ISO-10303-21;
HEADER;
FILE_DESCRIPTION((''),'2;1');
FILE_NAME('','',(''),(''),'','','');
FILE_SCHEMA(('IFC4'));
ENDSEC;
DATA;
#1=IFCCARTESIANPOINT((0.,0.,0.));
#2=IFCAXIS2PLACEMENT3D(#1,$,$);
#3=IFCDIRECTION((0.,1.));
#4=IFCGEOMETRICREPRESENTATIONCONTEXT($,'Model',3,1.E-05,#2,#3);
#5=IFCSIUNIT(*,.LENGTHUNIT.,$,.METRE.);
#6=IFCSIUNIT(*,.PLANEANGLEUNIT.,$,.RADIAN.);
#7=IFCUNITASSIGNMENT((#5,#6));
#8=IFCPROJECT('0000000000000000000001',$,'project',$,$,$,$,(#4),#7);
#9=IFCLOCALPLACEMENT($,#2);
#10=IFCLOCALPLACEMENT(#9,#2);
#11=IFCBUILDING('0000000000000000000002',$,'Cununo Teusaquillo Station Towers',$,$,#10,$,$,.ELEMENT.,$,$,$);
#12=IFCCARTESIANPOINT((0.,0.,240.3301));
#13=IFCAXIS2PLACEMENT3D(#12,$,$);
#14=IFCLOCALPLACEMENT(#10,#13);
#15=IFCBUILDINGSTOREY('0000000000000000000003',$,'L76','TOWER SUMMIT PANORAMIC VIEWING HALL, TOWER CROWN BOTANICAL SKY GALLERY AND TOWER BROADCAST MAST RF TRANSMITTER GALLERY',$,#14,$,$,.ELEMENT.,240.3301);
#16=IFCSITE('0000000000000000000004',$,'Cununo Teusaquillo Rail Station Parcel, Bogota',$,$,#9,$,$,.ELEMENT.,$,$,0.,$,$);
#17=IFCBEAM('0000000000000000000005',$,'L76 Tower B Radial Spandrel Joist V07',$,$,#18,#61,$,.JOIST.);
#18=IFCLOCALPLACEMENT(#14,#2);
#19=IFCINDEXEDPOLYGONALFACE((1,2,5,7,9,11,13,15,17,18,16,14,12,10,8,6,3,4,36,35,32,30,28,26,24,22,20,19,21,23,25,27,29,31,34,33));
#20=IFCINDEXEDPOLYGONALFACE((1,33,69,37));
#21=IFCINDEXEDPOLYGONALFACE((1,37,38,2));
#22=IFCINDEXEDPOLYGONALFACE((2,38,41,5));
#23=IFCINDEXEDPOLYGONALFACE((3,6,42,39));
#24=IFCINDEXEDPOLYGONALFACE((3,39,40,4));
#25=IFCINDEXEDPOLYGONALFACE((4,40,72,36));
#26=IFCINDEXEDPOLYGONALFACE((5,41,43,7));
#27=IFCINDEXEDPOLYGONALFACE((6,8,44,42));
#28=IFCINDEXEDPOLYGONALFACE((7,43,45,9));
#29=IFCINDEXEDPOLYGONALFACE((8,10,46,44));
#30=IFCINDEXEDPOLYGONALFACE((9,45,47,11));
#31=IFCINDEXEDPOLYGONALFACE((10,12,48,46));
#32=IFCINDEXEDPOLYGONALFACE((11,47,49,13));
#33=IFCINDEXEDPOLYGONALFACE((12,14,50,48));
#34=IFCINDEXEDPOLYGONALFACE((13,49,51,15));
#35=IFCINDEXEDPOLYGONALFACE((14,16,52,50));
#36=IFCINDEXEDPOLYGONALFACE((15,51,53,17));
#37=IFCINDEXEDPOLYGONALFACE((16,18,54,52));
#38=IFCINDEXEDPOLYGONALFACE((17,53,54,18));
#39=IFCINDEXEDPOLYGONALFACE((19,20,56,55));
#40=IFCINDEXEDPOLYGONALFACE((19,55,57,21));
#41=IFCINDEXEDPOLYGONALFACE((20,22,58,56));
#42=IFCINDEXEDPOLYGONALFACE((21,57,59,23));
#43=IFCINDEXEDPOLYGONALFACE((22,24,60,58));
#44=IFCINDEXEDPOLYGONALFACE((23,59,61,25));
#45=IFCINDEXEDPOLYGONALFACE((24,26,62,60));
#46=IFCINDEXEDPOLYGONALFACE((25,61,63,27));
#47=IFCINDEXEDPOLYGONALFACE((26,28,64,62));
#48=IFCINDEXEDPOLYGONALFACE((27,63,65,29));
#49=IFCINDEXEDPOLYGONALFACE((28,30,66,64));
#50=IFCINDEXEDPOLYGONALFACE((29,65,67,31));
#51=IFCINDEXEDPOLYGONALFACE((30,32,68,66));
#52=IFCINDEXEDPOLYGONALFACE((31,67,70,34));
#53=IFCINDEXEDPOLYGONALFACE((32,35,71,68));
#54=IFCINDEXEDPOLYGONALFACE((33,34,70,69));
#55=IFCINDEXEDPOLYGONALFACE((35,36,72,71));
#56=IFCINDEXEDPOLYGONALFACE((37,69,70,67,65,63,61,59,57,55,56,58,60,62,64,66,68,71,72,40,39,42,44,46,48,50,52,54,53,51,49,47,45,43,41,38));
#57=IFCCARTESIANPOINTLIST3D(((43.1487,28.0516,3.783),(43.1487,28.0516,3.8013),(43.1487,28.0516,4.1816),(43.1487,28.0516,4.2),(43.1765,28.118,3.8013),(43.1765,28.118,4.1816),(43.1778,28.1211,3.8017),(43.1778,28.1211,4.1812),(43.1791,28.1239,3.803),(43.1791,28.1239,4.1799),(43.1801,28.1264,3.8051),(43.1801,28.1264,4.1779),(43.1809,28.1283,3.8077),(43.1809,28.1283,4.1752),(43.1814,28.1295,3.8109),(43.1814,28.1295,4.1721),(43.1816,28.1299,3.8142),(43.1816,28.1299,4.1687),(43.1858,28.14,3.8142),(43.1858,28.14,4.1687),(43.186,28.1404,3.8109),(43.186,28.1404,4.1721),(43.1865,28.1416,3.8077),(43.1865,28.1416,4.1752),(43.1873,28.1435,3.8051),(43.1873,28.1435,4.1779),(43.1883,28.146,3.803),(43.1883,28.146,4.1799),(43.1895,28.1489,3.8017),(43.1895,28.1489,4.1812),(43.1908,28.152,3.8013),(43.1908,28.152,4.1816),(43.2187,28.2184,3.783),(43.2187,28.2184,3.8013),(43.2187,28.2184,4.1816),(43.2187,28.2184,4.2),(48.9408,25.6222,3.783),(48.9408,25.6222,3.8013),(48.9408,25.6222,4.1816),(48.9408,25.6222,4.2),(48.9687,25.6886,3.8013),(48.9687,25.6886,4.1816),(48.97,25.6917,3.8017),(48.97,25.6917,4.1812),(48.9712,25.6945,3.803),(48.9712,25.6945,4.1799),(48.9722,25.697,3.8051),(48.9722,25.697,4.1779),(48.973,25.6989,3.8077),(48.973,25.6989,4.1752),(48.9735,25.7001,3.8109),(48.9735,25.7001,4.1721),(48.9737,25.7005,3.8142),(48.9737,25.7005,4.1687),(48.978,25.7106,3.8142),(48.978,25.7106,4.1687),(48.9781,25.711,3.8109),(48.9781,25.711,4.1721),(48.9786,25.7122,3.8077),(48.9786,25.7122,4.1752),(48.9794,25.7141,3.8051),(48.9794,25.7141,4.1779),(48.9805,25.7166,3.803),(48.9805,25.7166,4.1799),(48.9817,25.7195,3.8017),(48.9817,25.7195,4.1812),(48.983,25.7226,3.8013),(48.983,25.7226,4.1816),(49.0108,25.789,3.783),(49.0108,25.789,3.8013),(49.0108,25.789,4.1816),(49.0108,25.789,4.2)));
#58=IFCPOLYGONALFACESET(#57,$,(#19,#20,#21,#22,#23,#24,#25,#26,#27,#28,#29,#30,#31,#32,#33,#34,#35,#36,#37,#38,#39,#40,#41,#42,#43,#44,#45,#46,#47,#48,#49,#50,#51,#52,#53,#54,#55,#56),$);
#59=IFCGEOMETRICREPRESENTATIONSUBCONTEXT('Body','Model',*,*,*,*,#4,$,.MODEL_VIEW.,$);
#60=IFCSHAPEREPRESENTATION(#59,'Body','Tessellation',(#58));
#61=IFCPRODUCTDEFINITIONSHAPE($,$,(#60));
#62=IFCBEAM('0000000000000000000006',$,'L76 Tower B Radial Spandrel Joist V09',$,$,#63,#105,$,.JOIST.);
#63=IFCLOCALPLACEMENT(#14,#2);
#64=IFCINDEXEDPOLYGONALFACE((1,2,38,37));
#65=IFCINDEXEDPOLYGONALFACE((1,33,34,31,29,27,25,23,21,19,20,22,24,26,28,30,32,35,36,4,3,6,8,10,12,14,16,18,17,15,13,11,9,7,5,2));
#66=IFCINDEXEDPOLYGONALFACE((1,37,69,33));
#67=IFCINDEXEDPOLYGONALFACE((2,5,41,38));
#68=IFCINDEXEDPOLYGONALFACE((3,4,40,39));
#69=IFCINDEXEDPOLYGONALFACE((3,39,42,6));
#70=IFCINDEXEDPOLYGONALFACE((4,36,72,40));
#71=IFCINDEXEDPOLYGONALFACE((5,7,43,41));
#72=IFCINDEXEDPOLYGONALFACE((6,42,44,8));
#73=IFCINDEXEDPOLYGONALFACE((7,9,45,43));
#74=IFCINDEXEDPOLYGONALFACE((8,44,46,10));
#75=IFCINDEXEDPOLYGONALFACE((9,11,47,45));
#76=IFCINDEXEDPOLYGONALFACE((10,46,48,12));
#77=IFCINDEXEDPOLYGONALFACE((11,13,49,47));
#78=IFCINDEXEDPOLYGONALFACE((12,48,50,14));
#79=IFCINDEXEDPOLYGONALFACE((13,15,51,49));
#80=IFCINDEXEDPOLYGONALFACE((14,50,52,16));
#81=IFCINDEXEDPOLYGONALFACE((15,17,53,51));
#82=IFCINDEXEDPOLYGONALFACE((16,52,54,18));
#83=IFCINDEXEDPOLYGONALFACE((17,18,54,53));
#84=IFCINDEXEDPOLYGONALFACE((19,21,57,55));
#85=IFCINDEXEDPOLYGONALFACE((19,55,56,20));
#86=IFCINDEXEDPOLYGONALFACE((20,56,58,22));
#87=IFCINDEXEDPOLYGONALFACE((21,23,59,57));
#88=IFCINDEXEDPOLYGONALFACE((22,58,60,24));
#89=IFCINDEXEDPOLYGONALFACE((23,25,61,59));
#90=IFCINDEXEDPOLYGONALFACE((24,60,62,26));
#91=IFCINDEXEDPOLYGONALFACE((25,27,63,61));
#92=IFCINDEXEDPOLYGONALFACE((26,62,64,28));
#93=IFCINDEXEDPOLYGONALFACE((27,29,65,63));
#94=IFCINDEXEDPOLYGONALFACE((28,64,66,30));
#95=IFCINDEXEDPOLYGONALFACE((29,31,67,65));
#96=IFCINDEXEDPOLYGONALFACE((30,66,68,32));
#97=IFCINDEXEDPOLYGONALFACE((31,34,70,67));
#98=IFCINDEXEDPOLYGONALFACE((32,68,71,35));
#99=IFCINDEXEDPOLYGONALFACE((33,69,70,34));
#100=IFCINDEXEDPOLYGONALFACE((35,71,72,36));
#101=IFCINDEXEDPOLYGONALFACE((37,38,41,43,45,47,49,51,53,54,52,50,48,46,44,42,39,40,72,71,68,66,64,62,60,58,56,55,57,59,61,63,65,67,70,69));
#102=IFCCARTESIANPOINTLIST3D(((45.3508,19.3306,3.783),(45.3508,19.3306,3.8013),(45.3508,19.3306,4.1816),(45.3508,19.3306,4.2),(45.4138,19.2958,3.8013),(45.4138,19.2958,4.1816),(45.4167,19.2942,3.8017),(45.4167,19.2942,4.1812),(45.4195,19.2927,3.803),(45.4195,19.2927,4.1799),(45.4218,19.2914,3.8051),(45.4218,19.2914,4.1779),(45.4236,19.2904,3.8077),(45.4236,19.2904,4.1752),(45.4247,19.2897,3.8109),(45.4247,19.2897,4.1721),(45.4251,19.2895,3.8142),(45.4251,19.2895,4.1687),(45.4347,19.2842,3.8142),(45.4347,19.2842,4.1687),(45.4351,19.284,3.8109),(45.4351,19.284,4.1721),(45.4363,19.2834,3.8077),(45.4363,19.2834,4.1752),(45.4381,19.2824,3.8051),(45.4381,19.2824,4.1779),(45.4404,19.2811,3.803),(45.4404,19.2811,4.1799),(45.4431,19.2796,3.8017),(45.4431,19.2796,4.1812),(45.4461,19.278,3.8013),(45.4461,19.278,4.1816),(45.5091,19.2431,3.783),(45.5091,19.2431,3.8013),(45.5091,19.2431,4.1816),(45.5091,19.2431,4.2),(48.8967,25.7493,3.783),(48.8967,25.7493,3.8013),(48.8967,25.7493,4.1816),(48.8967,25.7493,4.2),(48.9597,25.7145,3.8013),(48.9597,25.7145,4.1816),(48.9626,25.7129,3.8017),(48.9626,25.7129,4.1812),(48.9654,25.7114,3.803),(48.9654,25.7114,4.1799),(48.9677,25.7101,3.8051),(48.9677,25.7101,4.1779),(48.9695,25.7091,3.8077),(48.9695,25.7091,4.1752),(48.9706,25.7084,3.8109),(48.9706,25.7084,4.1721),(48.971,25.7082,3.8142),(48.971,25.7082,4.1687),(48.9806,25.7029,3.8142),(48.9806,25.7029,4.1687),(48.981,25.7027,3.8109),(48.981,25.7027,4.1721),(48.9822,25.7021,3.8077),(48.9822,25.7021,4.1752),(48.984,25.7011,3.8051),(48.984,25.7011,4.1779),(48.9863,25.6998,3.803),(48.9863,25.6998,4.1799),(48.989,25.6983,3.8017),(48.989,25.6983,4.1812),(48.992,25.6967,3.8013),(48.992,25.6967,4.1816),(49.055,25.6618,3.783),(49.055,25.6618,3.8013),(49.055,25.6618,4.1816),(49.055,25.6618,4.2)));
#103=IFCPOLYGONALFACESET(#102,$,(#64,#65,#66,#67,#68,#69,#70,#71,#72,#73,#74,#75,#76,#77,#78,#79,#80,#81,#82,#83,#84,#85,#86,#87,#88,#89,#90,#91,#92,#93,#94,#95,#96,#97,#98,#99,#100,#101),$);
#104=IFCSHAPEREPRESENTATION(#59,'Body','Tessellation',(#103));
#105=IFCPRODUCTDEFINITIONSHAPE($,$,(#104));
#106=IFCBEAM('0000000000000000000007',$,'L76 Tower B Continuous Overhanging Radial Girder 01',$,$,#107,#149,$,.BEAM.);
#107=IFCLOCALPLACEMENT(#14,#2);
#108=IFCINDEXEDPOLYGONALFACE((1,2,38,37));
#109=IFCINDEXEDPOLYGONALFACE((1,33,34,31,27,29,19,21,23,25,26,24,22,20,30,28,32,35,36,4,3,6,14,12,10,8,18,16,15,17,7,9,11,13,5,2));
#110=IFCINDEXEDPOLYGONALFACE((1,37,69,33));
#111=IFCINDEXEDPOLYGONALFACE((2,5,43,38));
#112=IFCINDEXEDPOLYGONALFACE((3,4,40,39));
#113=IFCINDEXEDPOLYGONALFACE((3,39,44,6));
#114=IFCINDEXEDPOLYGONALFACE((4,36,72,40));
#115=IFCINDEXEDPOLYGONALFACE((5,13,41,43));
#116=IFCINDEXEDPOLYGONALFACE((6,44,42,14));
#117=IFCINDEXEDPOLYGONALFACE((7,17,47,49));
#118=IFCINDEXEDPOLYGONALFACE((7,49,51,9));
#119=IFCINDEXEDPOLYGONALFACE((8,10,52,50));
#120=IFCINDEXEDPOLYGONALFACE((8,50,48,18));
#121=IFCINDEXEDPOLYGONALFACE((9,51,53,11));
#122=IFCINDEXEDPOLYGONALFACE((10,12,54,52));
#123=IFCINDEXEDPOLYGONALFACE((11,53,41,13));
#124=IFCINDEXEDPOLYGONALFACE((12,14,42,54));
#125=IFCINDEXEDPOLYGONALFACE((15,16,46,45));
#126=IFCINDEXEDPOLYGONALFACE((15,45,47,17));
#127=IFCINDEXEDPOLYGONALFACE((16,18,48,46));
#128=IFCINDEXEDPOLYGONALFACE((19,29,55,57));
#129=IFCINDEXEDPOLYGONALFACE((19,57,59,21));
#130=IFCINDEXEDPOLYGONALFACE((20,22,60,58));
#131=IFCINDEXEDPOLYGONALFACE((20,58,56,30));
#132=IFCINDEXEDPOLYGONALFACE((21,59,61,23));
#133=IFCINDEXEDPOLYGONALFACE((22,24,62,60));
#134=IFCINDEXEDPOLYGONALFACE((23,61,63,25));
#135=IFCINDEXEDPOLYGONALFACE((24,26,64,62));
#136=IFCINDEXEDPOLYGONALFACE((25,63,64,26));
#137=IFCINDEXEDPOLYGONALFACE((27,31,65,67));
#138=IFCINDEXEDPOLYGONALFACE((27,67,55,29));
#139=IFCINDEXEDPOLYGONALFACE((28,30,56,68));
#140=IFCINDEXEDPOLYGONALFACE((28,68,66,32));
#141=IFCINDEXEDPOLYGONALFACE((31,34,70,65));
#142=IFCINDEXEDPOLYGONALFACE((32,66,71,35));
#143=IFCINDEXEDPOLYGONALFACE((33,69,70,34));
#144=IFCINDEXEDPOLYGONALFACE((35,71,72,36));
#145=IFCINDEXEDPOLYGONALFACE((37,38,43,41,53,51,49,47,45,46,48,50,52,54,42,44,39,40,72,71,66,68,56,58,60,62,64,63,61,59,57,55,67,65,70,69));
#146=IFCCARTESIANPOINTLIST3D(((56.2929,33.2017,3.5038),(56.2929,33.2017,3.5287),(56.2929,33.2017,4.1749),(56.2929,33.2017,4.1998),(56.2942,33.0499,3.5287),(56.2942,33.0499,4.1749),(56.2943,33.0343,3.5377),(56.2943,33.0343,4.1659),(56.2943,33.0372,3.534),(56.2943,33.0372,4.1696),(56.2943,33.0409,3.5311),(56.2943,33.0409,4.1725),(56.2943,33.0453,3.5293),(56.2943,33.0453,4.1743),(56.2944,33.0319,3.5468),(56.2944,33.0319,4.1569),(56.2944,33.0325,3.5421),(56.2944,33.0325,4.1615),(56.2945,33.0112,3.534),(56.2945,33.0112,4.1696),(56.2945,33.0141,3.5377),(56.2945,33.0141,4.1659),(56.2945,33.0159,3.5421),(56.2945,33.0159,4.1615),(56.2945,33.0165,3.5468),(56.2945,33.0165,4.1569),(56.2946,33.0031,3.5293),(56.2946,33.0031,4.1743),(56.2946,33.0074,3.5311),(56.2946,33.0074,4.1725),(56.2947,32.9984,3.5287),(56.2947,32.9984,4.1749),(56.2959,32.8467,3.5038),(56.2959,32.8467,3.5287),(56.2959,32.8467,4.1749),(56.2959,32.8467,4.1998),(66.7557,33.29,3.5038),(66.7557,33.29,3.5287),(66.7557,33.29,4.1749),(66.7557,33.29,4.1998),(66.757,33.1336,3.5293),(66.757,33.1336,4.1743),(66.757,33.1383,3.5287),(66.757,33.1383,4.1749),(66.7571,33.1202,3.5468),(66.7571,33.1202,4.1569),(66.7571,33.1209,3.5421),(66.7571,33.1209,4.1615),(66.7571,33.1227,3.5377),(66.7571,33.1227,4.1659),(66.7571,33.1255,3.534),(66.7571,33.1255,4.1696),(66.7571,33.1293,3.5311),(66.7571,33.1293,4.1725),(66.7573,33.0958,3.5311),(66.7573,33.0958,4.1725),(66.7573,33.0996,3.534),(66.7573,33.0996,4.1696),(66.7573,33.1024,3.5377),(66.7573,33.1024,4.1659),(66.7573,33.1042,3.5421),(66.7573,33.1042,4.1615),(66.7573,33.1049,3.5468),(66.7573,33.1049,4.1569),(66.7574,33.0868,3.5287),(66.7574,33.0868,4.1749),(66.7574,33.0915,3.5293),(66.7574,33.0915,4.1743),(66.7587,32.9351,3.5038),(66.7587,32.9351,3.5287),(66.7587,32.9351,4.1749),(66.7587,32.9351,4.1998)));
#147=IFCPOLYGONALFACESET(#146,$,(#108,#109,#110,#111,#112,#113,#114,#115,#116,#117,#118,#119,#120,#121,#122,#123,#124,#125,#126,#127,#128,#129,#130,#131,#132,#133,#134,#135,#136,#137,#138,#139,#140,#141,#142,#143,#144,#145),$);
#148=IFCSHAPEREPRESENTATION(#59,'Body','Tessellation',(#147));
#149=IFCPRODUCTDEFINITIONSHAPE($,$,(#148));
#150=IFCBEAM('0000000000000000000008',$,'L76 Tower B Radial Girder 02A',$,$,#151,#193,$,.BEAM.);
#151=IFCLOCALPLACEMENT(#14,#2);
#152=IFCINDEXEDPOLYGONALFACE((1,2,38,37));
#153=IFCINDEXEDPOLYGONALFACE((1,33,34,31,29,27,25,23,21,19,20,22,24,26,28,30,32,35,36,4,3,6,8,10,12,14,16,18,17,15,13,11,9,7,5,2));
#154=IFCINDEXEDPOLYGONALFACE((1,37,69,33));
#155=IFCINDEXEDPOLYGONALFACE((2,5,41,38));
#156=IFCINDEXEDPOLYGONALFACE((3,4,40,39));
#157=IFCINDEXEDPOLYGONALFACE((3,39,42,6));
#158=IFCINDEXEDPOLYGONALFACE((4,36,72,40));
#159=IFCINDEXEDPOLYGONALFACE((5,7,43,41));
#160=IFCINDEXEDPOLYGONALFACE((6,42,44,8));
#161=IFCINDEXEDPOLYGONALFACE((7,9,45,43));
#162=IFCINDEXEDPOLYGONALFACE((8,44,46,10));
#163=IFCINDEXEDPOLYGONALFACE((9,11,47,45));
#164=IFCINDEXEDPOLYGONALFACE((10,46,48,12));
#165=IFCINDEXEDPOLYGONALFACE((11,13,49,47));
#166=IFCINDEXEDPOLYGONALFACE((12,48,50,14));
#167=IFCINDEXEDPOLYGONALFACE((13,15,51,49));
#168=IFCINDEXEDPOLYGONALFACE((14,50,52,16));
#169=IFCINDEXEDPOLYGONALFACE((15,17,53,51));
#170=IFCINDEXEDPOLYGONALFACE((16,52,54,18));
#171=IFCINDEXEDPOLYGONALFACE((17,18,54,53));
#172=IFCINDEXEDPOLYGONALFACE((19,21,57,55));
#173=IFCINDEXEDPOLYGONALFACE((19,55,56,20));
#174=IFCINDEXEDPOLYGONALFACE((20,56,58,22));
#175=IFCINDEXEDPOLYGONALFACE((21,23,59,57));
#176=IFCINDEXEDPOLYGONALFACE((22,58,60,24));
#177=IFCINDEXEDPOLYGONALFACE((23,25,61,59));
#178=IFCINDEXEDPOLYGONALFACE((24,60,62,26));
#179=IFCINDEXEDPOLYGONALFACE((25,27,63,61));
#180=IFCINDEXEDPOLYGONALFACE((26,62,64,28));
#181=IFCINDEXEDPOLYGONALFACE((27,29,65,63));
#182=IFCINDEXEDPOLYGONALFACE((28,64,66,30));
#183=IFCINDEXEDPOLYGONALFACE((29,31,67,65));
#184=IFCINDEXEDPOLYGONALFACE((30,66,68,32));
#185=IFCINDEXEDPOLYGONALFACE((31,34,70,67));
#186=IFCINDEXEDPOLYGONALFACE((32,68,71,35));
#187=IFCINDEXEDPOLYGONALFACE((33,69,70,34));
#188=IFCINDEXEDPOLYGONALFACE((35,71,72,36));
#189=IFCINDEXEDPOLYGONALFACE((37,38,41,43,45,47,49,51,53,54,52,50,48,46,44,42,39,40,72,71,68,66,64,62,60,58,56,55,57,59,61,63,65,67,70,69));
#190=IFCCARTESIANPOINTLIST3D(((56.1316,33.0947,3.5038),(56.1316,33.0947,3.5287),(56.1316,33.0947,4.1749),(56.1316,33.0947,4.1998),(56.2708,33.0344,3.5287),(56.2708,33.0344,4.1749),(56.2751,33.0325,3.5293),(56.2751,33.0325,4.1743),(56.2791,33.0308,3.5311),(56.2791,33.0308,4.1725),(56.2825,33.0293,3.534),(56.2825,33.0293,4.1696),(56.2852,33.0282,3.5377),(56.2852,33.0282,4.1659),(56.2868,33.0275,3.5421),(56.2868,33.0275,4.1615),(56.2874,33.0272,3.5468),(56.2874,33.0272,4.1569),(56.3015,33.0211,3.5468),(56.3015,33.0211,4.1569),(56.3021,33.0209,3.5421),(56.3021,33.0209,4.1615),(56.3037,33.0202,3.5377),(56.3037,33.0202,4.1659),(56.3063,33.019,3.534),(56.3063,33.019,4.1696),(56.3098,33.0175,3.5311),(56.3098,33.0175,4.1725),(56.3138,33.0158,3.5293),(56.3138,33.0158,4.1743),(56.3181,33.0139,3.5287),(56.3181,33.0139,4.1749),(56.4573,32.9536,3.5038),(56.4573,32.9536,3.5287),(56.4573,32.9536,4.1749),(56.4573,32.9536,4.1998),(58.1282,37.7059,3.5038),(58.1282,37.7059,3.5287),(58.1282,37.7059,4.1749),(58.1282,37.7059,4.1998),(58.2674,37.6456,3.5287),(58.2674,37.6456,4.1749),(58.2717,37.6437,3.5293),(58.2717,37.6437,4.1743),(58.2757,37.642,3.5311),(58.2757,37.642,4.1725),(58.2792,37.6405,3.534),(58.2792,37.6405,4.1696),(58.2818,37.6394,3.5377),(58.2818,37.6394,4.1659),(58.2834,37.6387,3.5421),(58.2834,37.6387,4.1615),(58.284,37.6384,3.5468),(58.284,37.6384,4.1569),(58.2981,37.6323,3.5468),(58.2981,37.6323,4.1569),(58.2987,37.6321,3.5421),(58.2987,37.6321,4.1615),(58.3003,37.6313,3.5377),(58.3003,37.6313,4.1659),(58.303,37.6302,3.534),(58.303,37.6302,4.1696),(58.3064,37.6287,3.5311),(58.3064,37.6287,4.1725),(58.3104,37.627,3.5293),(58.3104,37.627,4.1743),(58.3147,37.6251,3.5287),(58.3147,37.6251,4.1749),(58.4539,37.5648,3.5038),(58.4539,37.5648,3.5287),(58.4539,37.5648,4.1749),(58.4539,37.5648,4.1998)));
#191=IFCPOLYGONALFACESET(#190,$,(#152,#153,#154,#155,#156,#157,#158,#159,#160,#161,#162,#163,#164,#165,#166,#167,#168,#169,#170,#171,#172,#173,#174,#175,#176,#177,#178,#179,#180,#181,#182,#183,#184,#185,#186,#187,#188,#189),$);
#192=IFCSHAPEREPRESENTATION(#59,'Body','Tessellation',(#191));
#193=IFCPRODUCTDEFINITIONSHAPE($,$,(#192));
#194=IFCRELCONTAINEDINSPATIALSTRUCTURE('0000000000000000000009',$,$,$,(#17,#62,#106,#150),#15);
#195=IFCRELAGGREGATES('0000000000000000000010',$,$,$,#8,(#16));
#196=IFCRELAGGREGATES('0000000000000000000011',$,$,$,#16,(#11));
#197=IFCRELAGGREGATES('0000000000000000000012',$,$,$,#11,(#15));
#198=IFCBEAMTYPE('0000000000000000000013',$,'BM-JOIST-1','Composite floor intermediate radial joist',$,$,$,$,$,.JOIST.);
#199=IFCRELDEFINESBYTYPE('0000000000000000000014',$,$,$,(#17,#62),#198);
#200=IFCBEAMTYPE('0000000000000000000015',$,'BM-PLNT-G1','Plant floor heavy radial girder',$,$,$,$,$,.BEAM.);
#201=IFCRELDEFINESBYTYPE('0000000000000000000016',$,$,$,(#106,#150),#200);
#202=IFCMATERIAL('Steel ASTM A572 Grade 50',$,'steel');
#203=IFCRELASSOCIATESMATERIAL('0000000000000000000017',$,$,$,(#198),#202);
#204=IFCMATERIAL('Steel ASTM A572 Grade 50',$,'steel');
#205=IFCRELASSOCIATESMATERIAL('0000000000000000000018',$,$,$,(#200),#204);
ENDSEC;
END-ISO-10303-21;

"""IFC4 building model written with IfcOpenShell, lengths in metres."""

from ifc_helpers import new_model, si_unit, direction, frame, origin, origin_2d, place, context, subcontext, project, spatial, i_section, extrude, material, material_profile, profile_set, type_object, element, save


model = new_model("IFC4")

# Units and contexts
model_context = context("Model", 3, precision=1e-05, world=origin(), true_north=direction((0.0, 1.0)))
body_context = subcontext(model_context, "Body", "Model", "MODEL_VIEW")
ifc_project = project(units=[si_unit("LENGTHUNIT", "METRE"), si_unit("PLANEANGLEUNIT", "RADIAN")], contexts=[model_context])

# Site, building, storey
site_placement = place(None, origin())
site = spatial("IfcSite", under=ifc_project, at=site_placement, Name="Cununo Teusaquillo Rail Station Parcel, Bogota", CompositionType="ELEMENT", RefElevation=0.0)
building_placement = place(site_placement, origin())
building = spatial("IfcBuilding", under=site, at=building_placement, Name="Cununo Teusaquillo Station Towers", CompositionType="ELEMENT")
storey_placement = place(building_placement, frame((0.0, 0.0, 240.3301)))
storey = spatial("IfcBuildingStorey", under=building, at=storey_placement, Name="L76", Description="TOWER SUMMIT PANORAMIC VIEWING HALL, TOWER CROWN BOTANICAL SKY GALLERY AND TOWER BROADCAST MAST RF TRANSMITTER GALLERY", CompositionType="ELEMENT", Elevation=240.3301)

# Beams
ifc_material_1 = material(Name="Steel ASTM A572 Grade 50", Category="steel")
ifc_material_profile_1 = material_profile(ifc_material_1, i_section(OverallWidth=0.1809, OverallDepth=0.417, WebThickness=0.011, FlangeThickness=0.0183, FilletRadius=0.0129, at=origin_2d()), Name="W16X57")
ifc_profile_set_1 = profile_set([ifc_material_profile_1], Name="Steel ASTM A572 Grade 50")
beam_type_1 = type_object("IfcBeamType", Name="BM-JOIST-1", Description="Composite floor intermediate radial joist", PredefinedType="JOIST", material=ifc_profile_set_1)
beam_1_placement = place(storey_placement, frame((48.9758, 25.7056, 3.9915), z_axis=(-0.922169, 0.386786, 0.0), x_axis=(-0.386786, -0.922169, 0.0)))
element("IfcBeam", 1, at=beam_1_placement, inside=storey, type_object=beam_type_1, Name="L76 Tower B Radial Spandrel Joist V07", PredefinedType="JOIST", context=body_context, shape_type="SweptSolid", body=[
    extrude(i_section(OverallWidth=0.1809, OverallDepth=0.417, WebThickness=0.011, FlangeThickness=0.0183, FilletRadius=0.0129, at=origin_2d()), origin(), (0.0, 0.0, 1.0), 6.281),
])
beam_2_placement = place(storey_placement, frame((48.9758, 25.7056, 3.9915), z_axis=(-0.483553, -0.875315, 0.0), x_axis=(0.875315, -0.483553, 0.0)))
element("IfcBeam", 2, at=beam_2_placement, inside=storey, type_object=beam_type_1, Name="L76 Tower B Radial Spandrel Joist V09", PredefinedType="JOIST", context=body_context, shape_type="SweptSolid", body=[
    extrude(i_section(OverallWidth=0.1809, OverallDepth=0.417, WebThickness=0.011, FlangeThickness=0.0183, FilletRadius=0.0129, at=origin_2d()), origin(), (0.0, 0.0, 1.0), 7.333),
])
ifc_material_2 = material(Name="Steel ASTM A572 Grade 50", Category="steel")
ifc_material_profile_2 = material_profile(ifc_material_2, i_section(OverallWidth=0.355, OverallDepth=0.696, WebThickness=0.0154, FlangeThickness=0.0249, FilletRadius=0.0181, at=origin_2d()), Name="W27X146")
ifc_profile_set_2 = profile_set([ifc_material_profile_2], Name="Steel ASTM A572 Grade 50")
beam_type_2 = type_object("IfcBeamType", Name="BM-PLNT-G1", Description="Plant floor heavy radial girder", PredefinedType="BEAM", material=ifc_profile_set_2)
beam_3_placement = place(storey_placement, frame((56.2944, 33.0242, 3.8518), z_axis=(0.999964, 0.008447, 0.0), x_axis=(-0.008447, 0.999964, 0.0)))
element("IfcBeam", 3, at=beam_3_placement, inside=storey, type_object=beam_type_2, Name="L76 Tower B Continuous Overhanging Radial Girder 01", PredefinedType="BEAM", context=body_context, shape_type="SweptSolid", body=[
    extrude(i_section(OverallWidth=0.355, OverallDepth=0.696, WebThickness=0.0154, FlangeThickness=0.0249, FilletRadius=0.0181, at=origin_2d()), origin(), (0.0, 0.0, 1.0), 10.4631),
])
beam_4_placement = place(storey_placement, frame((56.2944, 33.0242, 3.8518), z_axis=(0.397347, 0.917668, 0.0), x_axis=(-0.917668, 0.397347, 0.0)))
element("IfcBeam", 4, at=beam_4_placement, inside=storey, type_object=beam_type_2, Name="L76 Tower B Radial Girder 02A", PredefinedType="BEAM", context=body_context, shape_type="SweptSolid", body=[
    extrude(i_section(OverallWidth=0.355, OverallDepth=0.696, WebThickness=0.0154, FlangeThickness=0.0249, FilletRadius=0.0181, at=origin_2d()), origin(), (0.0, 0.0, 1.0), 5.0249),
])

save(model, "model.ifc")
